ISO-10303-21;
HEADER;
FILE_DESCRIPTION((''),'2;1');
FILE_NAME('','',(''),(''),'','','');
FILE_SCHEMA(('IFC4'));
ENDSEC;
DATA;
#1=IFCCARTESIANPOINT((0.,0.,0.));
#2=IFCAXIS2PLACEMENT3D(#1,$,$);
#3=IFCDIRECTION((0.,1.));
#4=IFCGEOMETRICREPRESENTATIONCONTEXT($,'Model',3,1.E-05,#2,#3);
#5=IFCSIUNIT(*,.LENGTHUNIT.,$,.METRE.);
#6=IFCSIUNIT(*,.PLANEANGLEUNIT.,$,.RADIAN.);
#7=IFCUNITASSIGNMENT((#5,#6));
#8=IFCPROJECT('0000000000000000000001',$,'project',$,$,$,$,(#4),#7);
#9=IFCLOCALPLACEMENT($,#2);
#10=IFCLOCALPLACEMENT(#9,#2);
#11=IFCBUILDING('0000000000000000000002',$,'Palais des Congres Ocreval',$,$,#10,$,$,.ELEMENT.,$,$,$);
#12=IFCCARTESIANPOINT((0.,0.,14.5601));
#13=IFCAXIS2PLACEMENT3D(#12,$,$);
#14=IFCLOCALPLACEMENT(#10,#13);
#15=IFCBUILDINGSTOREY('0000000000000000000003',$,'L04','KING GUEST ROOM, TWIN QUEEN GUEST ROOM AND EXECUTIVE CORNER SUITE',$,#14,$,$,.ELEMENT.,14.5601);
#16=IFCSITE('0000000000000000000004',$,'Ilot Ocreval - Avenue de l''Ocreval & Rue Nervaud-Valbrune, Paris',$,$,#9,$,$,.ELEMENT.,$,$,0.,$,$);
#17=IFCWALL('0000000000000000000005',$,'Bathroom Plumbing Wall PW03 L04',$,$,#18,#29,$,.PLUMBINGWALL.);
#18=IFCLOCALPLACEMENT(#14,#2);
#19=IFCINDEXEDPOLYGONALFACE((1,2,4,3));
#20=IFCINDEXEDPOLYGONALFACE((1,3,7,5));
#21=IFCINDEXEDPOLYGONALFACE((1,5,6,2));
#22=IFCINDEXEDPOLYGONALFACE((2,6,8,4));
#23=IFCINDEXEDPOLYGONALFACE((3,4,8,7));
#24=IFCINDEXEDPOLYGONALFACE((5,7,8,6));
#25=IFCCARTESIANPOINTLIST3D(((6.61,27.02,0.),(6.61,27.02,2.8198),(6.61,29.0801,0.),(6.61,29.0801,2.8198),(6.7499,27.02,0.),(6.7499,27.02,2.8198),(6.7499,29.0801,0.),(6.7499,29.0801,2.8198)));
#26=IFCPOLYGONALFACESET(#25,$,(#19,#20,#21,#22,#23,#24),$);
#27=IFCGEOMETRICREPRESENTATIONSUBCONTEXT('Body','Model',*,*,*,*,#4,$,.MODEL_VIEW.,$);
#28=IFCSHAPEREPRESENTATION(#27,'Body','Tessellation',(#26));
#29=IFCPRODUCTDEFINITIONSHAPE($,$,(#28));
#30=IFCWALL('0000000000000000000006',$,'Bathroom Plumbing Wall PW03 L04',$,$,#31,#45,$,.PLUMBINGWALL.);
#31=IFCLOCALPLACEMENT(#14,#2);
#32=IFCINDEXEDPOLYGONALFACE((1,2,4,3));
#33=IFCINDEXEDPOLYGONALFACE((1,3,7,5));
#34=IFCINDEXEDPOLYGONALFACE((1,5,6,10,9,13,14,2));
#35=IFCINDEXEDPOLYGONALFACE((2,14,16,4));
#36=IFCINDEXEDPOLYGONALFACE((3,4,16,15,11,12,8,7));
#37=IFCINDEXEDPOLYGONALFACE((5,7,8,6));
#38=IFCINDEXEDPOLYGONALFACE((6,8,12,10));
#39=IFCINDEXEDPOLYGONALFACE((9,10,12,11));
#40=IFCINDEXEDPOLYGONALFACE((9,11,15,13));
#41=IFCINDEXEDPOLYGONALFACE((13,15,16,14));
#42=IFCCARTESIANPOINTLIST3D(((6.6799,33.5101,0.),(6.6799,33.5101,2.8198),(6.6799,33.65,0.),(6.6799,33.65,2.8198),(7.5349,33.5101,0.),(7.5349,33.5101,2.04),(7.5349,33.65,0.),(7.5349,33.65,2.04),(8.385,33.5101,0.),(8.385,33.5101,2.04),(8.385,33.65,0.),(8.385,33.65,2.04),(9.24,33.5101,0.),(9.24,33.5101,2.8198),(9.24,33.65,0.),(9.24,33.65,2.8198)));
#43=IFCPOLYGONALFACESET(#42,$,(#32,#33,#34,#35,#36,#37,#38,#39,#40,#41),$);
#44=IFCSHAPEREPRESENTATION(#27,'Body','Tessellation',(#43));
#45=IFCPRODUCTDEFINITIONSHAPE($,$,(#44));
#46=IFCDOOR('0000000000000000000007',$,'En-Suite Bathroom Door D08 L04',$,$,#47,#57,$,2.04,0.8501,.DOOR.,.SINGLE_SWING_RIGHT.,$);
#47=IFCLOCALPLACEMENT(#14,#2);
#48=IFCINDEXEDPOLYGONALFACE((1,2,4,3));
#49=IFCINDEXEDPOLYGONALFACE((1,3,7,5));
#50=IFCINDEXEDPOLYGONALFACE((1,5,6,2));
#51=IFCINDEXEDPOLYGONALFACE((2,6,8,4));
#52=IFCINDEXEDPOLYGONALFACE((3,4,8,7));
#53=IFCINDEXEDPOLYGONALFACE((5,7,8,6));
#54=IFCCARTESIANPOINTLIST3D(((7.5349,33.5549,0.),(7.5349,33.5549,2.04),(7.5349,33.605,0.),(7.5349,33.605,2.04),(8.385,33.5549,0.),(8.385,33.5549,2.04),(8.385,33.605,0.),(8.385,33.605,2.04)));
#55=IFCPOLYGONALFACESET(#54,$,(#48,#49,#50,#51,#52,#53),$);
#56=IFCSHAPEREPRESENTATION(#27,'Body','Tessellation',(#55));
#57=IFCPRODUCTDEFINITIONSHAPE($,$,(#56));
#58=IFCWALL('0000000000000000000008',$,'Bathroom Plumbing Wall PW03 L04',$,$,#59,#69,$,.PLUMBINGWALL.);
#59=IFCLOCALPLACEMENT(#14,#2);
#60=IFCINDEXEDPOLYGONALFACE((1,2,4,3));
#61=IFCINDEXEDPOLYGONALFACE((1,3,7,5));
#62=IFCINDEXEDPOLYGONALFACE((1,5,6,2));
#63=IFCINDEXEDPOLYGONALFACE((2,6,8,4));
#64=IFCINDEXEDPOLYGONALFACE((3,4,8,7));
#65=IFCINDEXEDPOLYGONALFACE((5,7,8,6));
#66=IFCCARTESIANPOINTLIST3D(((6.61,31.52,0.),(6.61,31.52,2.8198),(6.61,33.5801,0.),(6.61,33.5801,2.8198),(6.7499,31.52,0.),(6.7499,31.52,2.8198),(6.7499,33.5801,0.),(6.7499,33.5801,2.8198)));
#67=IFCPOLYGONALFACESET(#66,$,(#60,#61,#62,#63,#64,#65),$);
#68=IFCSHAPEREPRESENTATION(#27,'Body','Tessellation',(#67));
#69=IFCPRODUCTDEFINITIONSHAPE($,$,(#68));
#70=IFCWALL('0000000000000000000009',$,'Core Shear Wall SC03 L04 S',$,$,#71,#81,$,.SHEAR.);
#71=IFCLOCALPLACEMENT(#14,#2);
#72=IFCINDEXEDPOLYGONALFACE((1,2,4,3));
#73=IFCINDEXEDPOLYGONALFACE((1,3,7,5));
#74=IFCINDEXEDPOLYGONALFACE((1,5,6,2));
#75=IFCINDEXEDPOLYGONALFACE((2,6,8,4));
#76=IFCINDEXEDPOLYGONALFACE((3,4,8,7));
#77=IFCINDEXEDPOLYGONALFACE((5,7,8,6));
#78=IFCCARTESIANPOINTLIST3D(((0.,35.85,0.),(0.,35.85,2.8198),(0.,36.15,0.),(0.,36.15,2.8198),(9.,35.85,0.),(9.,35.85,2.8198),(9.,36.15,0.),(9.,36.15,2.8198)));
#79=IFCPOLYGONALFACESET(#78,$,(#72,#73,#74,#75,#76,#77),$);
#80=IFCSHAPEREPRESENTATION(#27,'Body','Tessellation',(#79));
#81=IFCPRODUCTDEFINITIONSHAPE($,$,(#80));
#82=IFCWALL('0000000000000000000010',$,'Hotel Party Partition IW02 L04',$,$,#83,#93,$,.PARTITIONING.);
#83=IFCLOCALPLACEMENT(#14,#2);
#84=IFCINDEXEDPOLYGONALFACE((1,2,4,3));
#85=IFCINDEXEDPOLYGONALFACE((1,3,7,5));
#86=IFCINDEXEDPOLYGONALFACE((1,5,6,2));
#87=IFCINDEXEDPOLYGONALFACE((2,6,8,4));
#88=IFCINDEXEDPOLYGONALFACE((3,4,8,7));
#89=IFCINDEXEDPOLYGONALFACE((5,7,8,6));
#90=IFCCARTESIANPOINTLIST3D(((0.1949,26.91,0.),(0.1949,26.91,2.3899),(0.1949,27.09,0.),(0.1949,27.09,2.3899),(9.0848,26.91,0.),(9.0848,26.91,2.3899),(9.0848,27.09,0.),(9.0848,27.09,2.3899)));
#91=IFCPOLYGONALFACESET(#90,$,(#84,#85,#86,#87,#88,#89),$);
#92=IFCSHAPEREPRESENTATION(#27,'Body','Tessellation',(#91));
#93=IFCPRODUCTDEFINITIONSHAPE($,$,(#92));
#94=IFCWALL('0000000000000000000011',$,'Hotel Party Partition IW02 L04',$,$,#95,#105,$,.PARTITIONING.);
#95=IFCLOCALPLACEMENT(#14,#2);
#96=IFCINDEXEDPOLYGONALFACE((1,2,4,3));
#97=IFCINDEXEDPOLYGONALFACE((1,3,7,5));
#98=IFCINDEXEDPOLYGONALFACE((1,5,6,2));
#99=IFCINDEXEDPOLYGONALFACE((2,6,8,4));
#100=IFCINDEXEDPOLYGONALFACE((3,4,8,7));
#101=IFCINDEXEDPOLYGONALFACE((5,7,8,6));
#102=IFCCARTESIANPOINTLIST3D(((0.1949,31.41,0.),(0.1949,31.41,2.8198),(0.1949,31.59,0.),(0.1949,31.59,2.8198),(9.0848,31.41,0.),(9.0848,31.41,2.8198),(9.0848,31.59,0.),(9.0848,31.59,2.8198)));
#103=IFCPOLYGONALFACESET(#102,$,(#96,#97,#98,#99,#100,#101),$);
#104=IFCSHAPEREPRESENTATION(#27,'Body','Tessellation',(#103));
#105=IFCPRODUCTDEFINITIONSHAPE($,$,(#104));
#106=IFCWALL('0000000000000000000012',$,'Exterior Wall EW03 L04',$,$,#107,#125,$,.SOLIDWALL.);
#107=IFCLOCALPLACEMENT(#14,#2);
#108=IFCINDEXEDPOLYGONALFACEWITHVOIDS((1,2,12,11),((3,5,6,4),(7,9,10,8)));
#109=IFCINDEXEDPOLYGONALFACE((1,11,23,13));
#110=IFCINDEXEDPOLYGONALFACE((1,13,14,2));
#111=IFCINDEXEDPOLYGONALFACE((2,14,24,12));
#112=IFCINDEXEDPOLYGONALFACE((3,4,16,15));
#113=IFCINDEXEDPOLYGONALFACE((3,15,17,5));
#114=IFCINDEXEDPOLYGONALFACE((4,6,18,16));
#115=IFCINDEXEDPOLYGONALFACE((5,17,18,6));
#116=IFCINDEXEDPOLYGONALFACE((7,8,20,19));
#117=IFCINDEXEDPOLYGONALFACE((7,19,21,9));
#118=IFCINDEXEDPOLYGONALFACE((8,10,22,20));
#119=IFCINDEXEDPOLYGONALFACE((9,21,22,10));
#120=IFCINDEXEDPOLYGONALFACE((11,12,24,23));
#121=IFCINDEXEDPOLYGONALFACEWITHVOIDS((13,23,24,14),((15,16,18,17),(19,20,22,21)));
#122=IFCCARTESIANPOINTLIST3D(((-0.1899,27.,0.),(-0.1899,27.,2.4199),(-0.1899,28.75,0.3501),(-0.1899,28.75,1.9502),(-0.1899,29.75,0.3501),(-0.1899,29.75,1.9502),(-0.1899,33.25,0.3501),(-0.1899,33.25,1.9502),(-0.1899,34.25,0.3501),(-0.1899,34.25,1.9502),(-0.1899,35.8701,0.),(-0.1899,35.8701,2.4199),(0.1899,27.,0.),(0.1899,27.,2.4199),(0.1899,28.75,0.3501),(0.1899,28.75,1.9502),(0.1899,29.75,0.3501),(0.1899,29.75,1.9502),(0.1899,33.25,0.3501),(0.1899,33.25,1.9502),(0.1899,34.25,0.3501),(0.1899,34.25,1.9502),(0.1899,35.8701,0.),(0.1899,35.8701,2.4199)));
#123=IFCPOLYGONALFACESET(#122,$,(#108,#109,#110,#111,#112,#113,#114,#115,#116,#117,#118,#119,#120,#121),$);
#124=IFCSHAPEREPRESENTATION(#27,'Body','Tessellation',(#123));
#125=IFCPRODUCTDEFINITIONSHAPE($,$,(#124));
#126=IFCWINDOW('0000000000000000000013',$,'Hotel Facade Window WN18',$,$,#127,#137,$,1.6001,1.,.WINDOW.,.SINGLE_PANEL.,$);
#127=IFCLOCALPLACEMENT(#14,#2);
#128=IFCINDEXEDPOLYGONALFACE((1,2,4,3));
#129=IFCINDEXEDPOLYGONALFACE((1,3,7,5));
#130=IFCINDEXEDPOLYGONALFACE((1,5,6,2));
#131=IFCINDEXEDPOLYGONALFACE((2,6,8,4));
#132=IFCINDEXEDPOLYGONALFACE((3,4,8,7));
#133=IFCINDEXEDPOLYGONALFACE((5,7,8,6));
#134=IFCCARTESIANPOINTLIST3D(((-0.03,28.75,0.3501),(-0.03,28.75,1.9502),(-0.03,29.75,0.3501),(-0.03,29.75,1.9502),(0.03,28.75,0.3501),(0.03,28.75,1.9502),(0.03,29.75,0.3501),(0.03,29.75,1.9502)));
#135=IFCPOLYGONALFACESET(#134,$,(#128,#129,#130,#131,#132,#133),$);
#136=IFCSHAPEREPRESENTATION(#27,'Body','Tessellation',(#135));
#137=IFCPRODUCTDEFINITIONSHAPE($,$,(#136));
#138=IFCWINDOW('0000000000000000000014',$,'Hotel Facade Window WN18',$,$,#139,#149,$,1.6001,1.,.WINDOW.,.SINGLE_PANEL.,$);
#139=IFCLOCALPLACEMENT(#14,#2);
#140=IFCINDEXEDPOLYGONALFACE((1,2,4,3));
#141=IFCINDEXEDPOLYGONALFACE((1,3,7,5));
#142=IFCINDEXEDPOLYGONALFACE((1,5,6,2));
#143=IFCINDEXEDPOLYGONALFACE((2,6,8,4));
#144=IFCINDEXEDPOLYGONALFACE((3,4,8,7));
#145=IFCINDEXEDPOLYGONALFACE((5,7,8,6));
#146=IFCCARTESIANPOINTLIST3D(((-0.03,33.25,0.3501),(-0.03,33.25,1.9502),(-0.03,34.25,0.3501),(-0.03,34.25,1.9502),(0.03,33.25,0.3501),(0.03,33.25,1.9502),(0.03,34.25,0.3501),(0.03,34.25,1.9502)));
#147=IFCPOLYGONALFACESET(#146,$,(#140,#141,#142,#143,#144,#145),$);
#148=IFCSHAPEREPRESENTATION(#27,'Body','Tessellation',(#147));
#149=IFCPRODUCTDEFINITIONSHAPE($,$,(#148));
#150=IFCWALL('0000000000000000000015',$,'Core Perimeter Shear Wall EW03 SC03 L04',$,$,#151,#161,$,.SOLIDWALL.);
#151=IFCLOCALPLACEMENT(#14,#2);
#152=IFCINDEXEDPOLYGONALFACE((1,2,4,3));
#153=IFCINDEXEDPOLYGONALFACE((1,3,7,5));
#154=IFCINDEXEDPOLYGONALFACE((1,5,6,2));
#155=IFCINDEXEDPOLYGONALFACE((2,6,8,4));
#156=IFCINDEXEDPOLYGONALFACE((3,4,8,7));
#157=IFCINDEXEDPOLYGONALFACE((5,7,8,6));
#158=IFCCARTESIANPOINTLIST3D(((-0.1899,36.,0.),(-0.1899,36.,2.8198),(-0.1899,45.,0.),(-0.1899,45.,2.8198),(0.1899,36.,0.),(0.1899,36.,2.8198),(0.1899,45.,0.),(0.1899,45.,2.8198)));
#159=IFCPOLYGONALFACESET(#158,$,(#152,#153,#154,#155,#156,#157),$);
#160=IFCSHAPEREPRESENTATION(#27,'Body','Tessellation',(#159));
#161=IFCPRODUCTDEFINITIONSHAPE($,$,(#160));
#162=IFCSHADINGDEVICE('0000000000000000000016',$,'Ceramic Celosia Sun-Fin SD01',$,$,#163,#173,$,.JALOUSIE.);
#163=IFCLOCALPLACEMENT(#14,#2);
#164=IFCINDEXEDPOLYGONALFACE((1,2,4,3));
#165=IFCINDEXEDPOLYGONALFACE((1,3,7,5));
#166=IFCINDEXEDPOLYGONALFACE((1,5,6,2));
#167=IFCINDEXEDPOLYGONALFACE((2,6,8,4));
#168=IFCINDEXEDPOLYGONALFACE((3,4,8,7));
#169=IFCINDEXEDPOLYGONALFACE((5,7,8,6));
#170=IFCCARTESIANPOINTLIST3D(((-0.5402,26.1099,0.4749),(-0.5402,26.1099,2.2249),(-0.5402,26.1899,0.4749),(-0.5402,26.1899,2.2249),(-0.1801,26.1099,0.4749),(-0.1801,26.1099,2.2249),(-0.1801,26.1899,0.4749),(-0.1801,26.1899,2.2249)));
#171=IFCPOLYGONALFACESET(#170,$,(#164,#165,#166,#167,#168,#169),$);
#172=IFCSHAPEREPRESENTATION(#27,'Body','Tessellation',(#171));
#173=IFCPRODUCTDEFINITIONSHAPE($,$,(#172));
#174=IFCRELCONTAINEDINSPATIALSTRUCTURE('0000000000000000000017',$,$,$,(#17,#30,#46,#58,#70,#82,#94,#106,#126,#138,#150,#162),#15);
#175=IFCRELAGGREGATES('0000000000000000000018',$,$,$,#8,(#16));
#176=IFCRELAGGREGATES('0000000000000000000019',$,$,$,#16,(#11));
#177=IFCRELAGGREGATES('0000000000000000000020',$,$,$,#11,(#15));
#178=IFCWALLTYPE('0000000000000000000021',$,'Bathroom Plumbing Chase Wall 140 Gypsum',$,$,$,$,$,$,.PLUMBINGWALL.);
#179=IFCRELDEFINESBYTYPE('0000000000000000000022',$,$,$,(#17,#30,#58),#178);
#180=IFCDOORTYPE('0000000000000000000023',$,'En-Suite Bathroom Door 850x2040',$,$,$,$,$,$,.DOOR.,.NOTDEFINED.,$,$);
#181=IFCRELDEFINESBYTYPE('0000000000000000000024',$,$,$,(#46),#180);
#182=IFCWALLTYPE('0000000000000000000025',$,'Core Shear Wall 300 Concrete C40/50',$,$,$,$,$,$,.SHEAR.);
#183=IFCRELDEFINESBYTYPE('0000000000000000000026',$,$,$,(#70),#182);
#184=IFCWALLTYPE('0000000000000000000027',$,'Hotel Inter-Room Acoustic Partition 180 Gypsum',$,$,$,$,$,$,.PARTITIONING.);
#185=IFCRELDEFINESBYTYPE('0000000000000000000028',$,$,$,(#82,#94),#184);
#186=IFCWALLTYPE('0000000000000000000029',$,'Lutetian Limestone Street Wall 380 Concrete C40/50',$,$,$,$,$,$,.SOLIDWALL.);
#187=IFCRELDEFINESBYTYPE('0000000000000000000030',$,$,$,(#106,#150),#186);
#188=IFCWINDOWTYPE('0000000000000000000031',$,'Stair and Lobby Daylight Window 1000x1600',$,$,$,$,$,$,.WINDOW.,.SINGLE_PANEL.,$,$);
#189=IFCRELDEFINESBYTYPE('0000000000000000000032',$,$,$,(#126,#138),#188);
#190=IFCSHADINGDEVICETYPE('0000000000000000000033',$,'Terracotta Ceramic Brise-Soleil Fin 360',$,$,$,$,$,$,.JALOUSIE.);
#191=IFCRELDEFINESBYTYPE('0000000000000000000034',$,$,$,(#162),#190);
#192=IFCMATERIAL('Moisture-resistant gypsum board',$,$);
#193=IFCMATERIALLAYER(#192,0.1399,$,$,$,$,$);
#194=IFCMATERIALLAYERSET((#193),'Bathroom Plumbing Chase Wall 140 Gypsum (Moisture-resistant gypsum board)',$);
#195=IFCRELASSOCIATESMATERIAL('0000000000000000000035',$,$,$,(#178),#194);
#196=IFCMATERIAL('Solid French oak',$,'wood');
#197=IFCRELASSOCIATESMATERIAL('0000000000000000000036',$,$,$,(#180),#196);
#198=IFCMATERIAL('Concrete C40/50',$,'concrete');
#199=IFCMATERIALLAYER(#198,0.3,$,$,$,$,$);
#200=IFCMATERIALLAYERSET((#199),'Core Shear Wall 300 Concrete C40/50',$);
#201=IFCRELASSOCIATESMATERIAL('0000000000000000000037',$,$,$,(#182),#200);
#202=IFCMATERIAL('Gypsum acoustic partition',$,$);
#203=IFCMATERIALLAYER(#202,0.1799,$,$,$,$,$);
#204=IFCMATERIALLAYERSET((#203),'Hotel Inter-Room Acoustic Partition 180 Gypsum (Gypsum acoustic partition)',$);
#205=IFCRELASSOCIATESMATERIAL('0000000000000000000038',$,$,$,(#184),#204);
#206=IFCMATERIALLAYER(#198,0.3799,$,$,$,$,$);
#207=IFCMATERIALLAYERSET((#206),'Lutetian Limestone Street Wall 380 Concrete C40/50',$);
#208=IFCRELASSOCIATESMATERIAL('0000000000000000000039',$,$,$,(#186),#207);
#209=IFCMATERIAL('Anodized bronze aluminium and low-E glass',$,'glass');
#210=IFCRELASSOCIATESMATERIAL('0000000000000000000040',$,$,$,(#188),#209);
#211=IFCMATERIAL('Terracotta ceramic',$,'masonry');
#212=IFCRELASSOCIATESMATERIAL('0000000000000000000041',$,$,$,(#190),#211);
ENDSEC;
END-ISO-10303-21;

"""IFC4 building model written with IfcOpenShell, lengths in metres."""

from ifc_helpers import new_model, si_unit, direction, frame, frame_2d, origin, origin_2d, place, context, subcontext, project, spatial, rectangle, extrude, material, layer, layer_set, type_object, element, fill, save


model = new_model("IFC4")

# Units and contexts
model_context = context("Model", 3, precision=1e-05, world=origin(), true_north=direction((0.0, 1.0)))
body_context = subcontext(model_context, "Body", "Model", "MODEL_VIEW")
ifc_project = project(units=[si_unit("LENGTHUNIT", "METRE"), si_unit("PLANEANGLEUNIT", "RADIAN")], contexts=[model_context])

# Site, building, storey
site_placement = place(None, origin())
site = spatial("IfcSite", under=ifc_project, at=site_placement, Name="Ilot Ocreval - Avenue de l'Ocreval & Rue Nervaud-Valbrune, Paris", CompositionType="ELEMENT", RefElevation=0.0)
building_placement = place(site_placement, origin())
building = spatial("IfcBuilding", under=site, at=building_placement, Name="Palais des Congres Ocreval", CompositionType="ELEMENT")
storey_placement = place(building_placement, frame((0.0, 0.0, 14.5601)))
storey = spatial("IfcBuildingStorey", under=building, at=storey_placement, Name="L04", Description="KING GUEST ROOM, TWIN QUEEN GUEST ROOM AND EXECUTIVE CORNER SUITE", CompositionType="ELEMENT", Elevation=14.5601)

# Shared definitions
ifc_material_1 = material(Name="Concrete C40/50", Category="concrete")

# Shared definitions
ifc_material_2 = material(Name="Moisture-resistant gypsum board")
ifc_layer_1 = layer(ifc_material_2, 0.1399)
ifc_layer_set_1 = layer_set([ifc_layer_1], Name="Bathroom Plumbing Chase Wall 140 Gypsum (Moisture-resistant gypsum board)")
wall_type_1 = type_object("IfcWallType", Name="Bathroom Plumbing Chase Wall 140 Gypsum", PredefinedType="PLUMBINGWALL", material=ifc_layer_set_1)
ifc_material_3 = material(Name="Solid French oak", Category="wood")
door_type = type_object("IfcDoorType", Name="En-Suite Bathroom Door 850x2040", OperationType="NOTDEFINED", PredefinedType="DOOR", material=ifc_material_3)

# Wall
wall_1_placement = place(storey_placement, frame((6.6799, 27.02, 0.0), z_axis=(0.0, 0.0, 1.0), x_axis=(0.0, 1.0, 0.0)))
element("IfcWall", 1, at=wall_1_placement, inside=storey, type_object=wall_type_1, Name="Bathroom Plumbing Wall PW03 L04", PredefinedType="PLUMBINGWALL", context=body_context, shape_type="SweptSolid", body=[
    extrude(rectangle(XDim=2.0601, YDim=0.1399, at=frame_2d((1.03, 0.0))), origin(), (0.0, 0.0, 1.0), 2.8198),
])

# Wall, opening, door
wall_2_placement = place(storey_placement, frame((6.6799, 33.5801, 0.0), z_axis=(0.0, 0.0, 1.0), x_axis=(1.0, 0.0, 0.0)))
wall_2 = element("IfcWall", 2, at=wall_2_placement, inside=storey, type_object=wall_type_1, Name="Bathroom Plumbing Wall PW03 L04", PredefinedType="PLUMBINGWALL", context=body_context, shape_type="SweptSolid", body=[
    extrude(rectangle(XDim=2.5601, YDim=0.1399, at=frame_2d((1.28, 0.0))), origin(), (0.0, 0.0, 1.0), 2.8198),
])
opening_1_placement = place(wall_2_placement, frame((0.855, 0.0, 0.0)))
opening_1 = element("IfcOpeningElement", 3, at=opening_1_placement, cuts=wall_2, PredefinedType="OPENING", context=body_context, shape_type="SweptSolid", body=[
    extrude(rectangle(XDim=0.8501, YDim=2.04, at=frame_2d((0.425, 1.02))), frame((0.0, 0.0798, 0.0), z_axis=(0.0, -1.0, 0.0), x_axis=(1.0, 0.0, 0.0)), (0.0, 0.0, 1.0), 0.1599),
])
door_1_placement = place(opening_1_placement, origin())
door_1 = element("IfcDoor", 4, at=door_1_placement, inside=storey, type_object=door_type, Name="En-Suite Bathroom Door D08 L04", OperationType="SINGLE_SWING_RIGHT", OverallHeight=2.04, OverallWidth=0.8501, PredefinedType="DOOR", context=body_context, shape_type="SweptSolid", body=[
    extrude(rectangle(XDim=0.8501, YDim=2.04, at=frame_2d((0.425, 1.02))), frame((0.0, 0.0249, 0.0), z_axis=(0.0, -1.0, 0.0), x_axis=(1.0, 0.0, 0.0)), (0.0, 0.0, 1.0), 0.05),
])
fill(opening_1, door_1)

# Walls
wall_3_placement = place(storey_placement, frame((6.6799, 31.52, 0.0), z_axis=(0.0, 0.0, 1.0), x_axis=(0.0, 1.0, 0.0)))
element("IfcWall", 5, at=wall_3_placement, inside=storey, type_object=wall_type_1, Name="Bathroom Plumbing Wall PW03 L04", PredefinedType="PLUMBINGWALL", context=body_context, shape_type="SweptSolid", body=[
    extrude(rectangle(XDim=2.0601, YDim=0.1399, at=frame_2d((1.03, 0.0))), origin(), (0.0, 0.0, 1.0), 2.8198),
])
ifc_layer_2 = layer(ifc_material_1, 0.3)
ifc_layer_set_2 = layer_set([ifc_layer_2], Name="Core Shear Wall 300 Concrete C40/50")
wall_type_2 = type_object("IfcWallType", Name="Core Shear Wall 300 Concrete C40/50", PredefinedType="SHEAR", material=ifc_layer_set_2)
wall_4_placement = place(storey_placement, frame((0.0, 36.0, 0.0), z_axis=(0.0, 0.0, 1.0), x_axis=(1.0, 0.0, 0.0)))
element("IfcWall", 6, at=wall_4_placement, inside=storey, type_object=wall_type_2, Name="Core Shear Wall SC03 L04 S", PredefinedType="SHEAR", context=body_context, shape_type="SweptSolid", body=[
    extrude(rectangle(XDim=9.0, YDim=0.3, at=frame_2d((4.5, 0.0))), origin(), (0.0, 0.0, 1.0), 2.8198),
])
ifc_material_4 = material(Name="Gypsum acoustic partition")
ifc_layer_3 = layer(ifc_material_4, 0.1799)
ifc_layer_set_3 = layer_set([ifc_layer_3], Name="Hotel Inter-Room Acoustic Partition 180 Gypsum (Gypsum acoustic partition)")
wall_type_3 = type_object("IfcWallType", Name="Hotel Inter-Room Acoustic Partition 180 Gypsum", PredefinedType="PARTITIONING", material=ifc_layer_set_3)
wall_5_placement = place(storey_placement, frame((0.1951, 27.0, 0.0), z_axis=(0.0, 0.0, 1.0), x_axis=(1.0, 0.0, 0.0)))
element("IfcWall", 7, at=wall_5_placement, inside=storey, type_object=wall_type_3, Name="Hotel Party Partition IW02 L04", PredefinedType="PARTITIONING", context=body_context, shape_type="SweptSolid", body=[
    extrude(rectangle(XDim=8.8899, YDim=0.1799, at=frame_2d((4.4448, 0.0))), origin(), (0.0, 0.0, 1.0), 2.3899),
])
wall_6_placement = place(storey_placement, frame((0.1951, 31.5, 0.0), z_axis=(0.0, 0.0, 1.0), x_axis=(1.0, 0.0, 0.0)))
element("IfcWall", 8, at=wall_6_placement, inside=storey, type_object=wall_type_3, Name="Hotel Party Partition IW02 L04", PredefinedType="PARTITIONING", context=body_context, shape_type="SweptSolid", body=[
    extrude(rectangle(XDim=8.8899, YDim=0.1799, at=frame_2d((4.4448, 0.0))), origin(), (0.0, 0.0, 1.0), 2.8198),
])

# Wall, openings, windows
ifc_layer_4 = layer(ifc_material_1, 0.3799)
ifc_layer_set_4 = layer_set([ifc_layer_4], Name="Lutetian Limestone Street Wall 380 Concrete C40/50")
wall_type_4 = type_object("IfcWallType", Name="Lutetian Limestone Street Wall 380 Concrete C40/50", PredefinedType="SOLIDWALL", material=ifc_layer_set_4)
wall_7_placement = place(storey_placement, frame((0.0, 27.0, 0.0), z_axis=(0.0, 0.0, 1.0), x_axis=(0.0, 1.0, 0.0)))
wall_7 = element("IfcWall", 9, at=wall_7_placement, inside=storey, type_object=wall_type_4, Name="Exterior Wall EW03 L04", PredefinedType="SOLIDWALL", context=body_context, shape_type="SweptSolid", body=[
    extrude(rectangle(XDim=8.8701, YDim=0.3799, at=frame_2d((4.4351, 0.0))), origin(), (0.0, 0.0, 1.0), 2.4199),
])
opening_2_placement = place(wall_7_placement, frame((1.75, 0.0, 0.3501)))
opening_2 = element("IfcOpeningElement", 10, at=opening_2_placement, cuts=wall_7, PredefinedType="OPENING", context=body_context, shape_type="SweptSolid", body=[
    extrude(rectangle(XDim=1.0, YDim=1.6001, at=frame_2d((0.5, 0.8))), frame((0.0, 0.2, 0.0), z_axis=(0.0, -1.0, 0.0), x_axis=(1.0, 0.0, 0.0)), (0.0, 0.0, 1.0), 0.3999),
])
opening_3_placement = place(wall_7_placement, frame((6.25, 0.0, 0.3501)))
opening_3 = element("IfcOpeningElement", 11, at=opening_3_placement, cuts=wall_7, PredefinedType="OPENING", context=body_context, shape_type="SweptSolid", body=[
    extrude(rectangle(XDim=1.0, YDim=1.6001, at=frame_2d((0.5, 0.8))), frame((0.0, 0.2, 0.0), z_axis=(0.0, -1.0, 0.0), x_axis=(1.0, 0.0, 0.0)), (0.0, 0.0, 1.0), 0.3999),
])
ifc_material_5 = material(Name="Anodized bronze aluminium and low-E glass", Category="glass")
window_type = type_object("IfcWindowType", Name="Stair and Lobby Daylight Window 1000x1600", PartitioningType="SINGLE_PANEL", PredefinedType="WINDOW", material=ifc_material_5)
window_1_placement = place(opening_2_placement, origin())
window_1 = element("IfcWindow", 12, at=window_1_placement, inside=storey, type_object=window_type, Name="Hotel Facade Window WN18", OverallHeight=1.6001, OverallWidth=1.0, PartitioningType="SINGLE_PANEL", PredefinedType="WINDOW", context=body_context, shape_type="SweptSolid", body=[
    extrude(rectangle(XDim=1.0, YDim=1.6001, at=frame_2d((0.5, 0.8))), frame((0.0, 0.03, 0.0), z_axis=(0.0, -1.0, 0.0), x_axis=(1.0, 0.0, 0.0)), (0.0, 0.0, 1.0), 0.0601),
])
fill(opening_2, window_1)
window_2_placement = place(opening_3_placement, origin())
window_2 = element("IfcWindow", 13, at=window_2_placement, inside=storey, type_object=window_type, Name="Hotel Facade Window WN18", OverallHeight=1.6001, OverallWidth=1.0, PartitioningType="SINGLE_PANEL", PredefinedType="WINDOW", context=body_context, shape_type="SweptSolid", body=[
    extrude(rectangle(XDim=1.0, YDim=1.6001, at=frame_2d((0.5, 0.8))), frame((0.0, 0.03, 0.0), z_axis=(0.0, -1.0, 0.0), x_axis=(1.0, 0.0, 0.0)), (0.0, 0.0, 1.0), 0.0601),
])
fill(opening_3, window_2)

# Wall
wall_8_placement = place(storey_placement, frame((0.0, 36.0, 0.0), z_axis=(0.0, 0.0, 1.0), x_axis=(0.0, 1.0, 0.0)))
element("IfcWall", 14, at=wall_8_placement, inside=storey, type_object=wall_type_4, Name="Core Perimeter Shear Wall EW03 SC03 L04", PredefinedType="SOLIDWALL", context=body_context, shape_type="SweptSolid", body=[
    extrude(rectangle(XDim=9.0, YDim=0.3799, at=frame_2d((4.5, 0.0))), origin(), (0.0, 0.0, 1.0), 2.8198),
])

# Shading device
ifc_material_6 = material(Name="Terracotta ceramic", Category="masonry")
shading_device_type = type_object("IfcShadingDeviceType", Name="Terracotta Ceramic Brise-Soleil Fin 360", PredefinedType="JALOUSIE", material=ifc_material_6)
for number, where, z_axis, x_axis, name in (
    (15, (-0.3601, 26.1499, 0.4749), (0.0, 0.0, 1.0), (-1.0, 0.0, 0.0), "Ceramic Celosia Sun-Fin SD01"),
):
    element("IfcShadingDevice", number, at=place(storey_placement, frame(where, z_axis=z_axis, x_axis=x_axis)), inside=storey, type_object=shading_device_type, Name=name, PredefinedType="JALOUSIE", context=body_context, shape_type="SweptSolid", body=[
        extrude(rectangle(XDim=0.3601, YDim=0.0801, at=origin_2d()), origin(), (0.0, 0.0, 1.0), 1.75),
    ])

save(model, "model.ifc")
